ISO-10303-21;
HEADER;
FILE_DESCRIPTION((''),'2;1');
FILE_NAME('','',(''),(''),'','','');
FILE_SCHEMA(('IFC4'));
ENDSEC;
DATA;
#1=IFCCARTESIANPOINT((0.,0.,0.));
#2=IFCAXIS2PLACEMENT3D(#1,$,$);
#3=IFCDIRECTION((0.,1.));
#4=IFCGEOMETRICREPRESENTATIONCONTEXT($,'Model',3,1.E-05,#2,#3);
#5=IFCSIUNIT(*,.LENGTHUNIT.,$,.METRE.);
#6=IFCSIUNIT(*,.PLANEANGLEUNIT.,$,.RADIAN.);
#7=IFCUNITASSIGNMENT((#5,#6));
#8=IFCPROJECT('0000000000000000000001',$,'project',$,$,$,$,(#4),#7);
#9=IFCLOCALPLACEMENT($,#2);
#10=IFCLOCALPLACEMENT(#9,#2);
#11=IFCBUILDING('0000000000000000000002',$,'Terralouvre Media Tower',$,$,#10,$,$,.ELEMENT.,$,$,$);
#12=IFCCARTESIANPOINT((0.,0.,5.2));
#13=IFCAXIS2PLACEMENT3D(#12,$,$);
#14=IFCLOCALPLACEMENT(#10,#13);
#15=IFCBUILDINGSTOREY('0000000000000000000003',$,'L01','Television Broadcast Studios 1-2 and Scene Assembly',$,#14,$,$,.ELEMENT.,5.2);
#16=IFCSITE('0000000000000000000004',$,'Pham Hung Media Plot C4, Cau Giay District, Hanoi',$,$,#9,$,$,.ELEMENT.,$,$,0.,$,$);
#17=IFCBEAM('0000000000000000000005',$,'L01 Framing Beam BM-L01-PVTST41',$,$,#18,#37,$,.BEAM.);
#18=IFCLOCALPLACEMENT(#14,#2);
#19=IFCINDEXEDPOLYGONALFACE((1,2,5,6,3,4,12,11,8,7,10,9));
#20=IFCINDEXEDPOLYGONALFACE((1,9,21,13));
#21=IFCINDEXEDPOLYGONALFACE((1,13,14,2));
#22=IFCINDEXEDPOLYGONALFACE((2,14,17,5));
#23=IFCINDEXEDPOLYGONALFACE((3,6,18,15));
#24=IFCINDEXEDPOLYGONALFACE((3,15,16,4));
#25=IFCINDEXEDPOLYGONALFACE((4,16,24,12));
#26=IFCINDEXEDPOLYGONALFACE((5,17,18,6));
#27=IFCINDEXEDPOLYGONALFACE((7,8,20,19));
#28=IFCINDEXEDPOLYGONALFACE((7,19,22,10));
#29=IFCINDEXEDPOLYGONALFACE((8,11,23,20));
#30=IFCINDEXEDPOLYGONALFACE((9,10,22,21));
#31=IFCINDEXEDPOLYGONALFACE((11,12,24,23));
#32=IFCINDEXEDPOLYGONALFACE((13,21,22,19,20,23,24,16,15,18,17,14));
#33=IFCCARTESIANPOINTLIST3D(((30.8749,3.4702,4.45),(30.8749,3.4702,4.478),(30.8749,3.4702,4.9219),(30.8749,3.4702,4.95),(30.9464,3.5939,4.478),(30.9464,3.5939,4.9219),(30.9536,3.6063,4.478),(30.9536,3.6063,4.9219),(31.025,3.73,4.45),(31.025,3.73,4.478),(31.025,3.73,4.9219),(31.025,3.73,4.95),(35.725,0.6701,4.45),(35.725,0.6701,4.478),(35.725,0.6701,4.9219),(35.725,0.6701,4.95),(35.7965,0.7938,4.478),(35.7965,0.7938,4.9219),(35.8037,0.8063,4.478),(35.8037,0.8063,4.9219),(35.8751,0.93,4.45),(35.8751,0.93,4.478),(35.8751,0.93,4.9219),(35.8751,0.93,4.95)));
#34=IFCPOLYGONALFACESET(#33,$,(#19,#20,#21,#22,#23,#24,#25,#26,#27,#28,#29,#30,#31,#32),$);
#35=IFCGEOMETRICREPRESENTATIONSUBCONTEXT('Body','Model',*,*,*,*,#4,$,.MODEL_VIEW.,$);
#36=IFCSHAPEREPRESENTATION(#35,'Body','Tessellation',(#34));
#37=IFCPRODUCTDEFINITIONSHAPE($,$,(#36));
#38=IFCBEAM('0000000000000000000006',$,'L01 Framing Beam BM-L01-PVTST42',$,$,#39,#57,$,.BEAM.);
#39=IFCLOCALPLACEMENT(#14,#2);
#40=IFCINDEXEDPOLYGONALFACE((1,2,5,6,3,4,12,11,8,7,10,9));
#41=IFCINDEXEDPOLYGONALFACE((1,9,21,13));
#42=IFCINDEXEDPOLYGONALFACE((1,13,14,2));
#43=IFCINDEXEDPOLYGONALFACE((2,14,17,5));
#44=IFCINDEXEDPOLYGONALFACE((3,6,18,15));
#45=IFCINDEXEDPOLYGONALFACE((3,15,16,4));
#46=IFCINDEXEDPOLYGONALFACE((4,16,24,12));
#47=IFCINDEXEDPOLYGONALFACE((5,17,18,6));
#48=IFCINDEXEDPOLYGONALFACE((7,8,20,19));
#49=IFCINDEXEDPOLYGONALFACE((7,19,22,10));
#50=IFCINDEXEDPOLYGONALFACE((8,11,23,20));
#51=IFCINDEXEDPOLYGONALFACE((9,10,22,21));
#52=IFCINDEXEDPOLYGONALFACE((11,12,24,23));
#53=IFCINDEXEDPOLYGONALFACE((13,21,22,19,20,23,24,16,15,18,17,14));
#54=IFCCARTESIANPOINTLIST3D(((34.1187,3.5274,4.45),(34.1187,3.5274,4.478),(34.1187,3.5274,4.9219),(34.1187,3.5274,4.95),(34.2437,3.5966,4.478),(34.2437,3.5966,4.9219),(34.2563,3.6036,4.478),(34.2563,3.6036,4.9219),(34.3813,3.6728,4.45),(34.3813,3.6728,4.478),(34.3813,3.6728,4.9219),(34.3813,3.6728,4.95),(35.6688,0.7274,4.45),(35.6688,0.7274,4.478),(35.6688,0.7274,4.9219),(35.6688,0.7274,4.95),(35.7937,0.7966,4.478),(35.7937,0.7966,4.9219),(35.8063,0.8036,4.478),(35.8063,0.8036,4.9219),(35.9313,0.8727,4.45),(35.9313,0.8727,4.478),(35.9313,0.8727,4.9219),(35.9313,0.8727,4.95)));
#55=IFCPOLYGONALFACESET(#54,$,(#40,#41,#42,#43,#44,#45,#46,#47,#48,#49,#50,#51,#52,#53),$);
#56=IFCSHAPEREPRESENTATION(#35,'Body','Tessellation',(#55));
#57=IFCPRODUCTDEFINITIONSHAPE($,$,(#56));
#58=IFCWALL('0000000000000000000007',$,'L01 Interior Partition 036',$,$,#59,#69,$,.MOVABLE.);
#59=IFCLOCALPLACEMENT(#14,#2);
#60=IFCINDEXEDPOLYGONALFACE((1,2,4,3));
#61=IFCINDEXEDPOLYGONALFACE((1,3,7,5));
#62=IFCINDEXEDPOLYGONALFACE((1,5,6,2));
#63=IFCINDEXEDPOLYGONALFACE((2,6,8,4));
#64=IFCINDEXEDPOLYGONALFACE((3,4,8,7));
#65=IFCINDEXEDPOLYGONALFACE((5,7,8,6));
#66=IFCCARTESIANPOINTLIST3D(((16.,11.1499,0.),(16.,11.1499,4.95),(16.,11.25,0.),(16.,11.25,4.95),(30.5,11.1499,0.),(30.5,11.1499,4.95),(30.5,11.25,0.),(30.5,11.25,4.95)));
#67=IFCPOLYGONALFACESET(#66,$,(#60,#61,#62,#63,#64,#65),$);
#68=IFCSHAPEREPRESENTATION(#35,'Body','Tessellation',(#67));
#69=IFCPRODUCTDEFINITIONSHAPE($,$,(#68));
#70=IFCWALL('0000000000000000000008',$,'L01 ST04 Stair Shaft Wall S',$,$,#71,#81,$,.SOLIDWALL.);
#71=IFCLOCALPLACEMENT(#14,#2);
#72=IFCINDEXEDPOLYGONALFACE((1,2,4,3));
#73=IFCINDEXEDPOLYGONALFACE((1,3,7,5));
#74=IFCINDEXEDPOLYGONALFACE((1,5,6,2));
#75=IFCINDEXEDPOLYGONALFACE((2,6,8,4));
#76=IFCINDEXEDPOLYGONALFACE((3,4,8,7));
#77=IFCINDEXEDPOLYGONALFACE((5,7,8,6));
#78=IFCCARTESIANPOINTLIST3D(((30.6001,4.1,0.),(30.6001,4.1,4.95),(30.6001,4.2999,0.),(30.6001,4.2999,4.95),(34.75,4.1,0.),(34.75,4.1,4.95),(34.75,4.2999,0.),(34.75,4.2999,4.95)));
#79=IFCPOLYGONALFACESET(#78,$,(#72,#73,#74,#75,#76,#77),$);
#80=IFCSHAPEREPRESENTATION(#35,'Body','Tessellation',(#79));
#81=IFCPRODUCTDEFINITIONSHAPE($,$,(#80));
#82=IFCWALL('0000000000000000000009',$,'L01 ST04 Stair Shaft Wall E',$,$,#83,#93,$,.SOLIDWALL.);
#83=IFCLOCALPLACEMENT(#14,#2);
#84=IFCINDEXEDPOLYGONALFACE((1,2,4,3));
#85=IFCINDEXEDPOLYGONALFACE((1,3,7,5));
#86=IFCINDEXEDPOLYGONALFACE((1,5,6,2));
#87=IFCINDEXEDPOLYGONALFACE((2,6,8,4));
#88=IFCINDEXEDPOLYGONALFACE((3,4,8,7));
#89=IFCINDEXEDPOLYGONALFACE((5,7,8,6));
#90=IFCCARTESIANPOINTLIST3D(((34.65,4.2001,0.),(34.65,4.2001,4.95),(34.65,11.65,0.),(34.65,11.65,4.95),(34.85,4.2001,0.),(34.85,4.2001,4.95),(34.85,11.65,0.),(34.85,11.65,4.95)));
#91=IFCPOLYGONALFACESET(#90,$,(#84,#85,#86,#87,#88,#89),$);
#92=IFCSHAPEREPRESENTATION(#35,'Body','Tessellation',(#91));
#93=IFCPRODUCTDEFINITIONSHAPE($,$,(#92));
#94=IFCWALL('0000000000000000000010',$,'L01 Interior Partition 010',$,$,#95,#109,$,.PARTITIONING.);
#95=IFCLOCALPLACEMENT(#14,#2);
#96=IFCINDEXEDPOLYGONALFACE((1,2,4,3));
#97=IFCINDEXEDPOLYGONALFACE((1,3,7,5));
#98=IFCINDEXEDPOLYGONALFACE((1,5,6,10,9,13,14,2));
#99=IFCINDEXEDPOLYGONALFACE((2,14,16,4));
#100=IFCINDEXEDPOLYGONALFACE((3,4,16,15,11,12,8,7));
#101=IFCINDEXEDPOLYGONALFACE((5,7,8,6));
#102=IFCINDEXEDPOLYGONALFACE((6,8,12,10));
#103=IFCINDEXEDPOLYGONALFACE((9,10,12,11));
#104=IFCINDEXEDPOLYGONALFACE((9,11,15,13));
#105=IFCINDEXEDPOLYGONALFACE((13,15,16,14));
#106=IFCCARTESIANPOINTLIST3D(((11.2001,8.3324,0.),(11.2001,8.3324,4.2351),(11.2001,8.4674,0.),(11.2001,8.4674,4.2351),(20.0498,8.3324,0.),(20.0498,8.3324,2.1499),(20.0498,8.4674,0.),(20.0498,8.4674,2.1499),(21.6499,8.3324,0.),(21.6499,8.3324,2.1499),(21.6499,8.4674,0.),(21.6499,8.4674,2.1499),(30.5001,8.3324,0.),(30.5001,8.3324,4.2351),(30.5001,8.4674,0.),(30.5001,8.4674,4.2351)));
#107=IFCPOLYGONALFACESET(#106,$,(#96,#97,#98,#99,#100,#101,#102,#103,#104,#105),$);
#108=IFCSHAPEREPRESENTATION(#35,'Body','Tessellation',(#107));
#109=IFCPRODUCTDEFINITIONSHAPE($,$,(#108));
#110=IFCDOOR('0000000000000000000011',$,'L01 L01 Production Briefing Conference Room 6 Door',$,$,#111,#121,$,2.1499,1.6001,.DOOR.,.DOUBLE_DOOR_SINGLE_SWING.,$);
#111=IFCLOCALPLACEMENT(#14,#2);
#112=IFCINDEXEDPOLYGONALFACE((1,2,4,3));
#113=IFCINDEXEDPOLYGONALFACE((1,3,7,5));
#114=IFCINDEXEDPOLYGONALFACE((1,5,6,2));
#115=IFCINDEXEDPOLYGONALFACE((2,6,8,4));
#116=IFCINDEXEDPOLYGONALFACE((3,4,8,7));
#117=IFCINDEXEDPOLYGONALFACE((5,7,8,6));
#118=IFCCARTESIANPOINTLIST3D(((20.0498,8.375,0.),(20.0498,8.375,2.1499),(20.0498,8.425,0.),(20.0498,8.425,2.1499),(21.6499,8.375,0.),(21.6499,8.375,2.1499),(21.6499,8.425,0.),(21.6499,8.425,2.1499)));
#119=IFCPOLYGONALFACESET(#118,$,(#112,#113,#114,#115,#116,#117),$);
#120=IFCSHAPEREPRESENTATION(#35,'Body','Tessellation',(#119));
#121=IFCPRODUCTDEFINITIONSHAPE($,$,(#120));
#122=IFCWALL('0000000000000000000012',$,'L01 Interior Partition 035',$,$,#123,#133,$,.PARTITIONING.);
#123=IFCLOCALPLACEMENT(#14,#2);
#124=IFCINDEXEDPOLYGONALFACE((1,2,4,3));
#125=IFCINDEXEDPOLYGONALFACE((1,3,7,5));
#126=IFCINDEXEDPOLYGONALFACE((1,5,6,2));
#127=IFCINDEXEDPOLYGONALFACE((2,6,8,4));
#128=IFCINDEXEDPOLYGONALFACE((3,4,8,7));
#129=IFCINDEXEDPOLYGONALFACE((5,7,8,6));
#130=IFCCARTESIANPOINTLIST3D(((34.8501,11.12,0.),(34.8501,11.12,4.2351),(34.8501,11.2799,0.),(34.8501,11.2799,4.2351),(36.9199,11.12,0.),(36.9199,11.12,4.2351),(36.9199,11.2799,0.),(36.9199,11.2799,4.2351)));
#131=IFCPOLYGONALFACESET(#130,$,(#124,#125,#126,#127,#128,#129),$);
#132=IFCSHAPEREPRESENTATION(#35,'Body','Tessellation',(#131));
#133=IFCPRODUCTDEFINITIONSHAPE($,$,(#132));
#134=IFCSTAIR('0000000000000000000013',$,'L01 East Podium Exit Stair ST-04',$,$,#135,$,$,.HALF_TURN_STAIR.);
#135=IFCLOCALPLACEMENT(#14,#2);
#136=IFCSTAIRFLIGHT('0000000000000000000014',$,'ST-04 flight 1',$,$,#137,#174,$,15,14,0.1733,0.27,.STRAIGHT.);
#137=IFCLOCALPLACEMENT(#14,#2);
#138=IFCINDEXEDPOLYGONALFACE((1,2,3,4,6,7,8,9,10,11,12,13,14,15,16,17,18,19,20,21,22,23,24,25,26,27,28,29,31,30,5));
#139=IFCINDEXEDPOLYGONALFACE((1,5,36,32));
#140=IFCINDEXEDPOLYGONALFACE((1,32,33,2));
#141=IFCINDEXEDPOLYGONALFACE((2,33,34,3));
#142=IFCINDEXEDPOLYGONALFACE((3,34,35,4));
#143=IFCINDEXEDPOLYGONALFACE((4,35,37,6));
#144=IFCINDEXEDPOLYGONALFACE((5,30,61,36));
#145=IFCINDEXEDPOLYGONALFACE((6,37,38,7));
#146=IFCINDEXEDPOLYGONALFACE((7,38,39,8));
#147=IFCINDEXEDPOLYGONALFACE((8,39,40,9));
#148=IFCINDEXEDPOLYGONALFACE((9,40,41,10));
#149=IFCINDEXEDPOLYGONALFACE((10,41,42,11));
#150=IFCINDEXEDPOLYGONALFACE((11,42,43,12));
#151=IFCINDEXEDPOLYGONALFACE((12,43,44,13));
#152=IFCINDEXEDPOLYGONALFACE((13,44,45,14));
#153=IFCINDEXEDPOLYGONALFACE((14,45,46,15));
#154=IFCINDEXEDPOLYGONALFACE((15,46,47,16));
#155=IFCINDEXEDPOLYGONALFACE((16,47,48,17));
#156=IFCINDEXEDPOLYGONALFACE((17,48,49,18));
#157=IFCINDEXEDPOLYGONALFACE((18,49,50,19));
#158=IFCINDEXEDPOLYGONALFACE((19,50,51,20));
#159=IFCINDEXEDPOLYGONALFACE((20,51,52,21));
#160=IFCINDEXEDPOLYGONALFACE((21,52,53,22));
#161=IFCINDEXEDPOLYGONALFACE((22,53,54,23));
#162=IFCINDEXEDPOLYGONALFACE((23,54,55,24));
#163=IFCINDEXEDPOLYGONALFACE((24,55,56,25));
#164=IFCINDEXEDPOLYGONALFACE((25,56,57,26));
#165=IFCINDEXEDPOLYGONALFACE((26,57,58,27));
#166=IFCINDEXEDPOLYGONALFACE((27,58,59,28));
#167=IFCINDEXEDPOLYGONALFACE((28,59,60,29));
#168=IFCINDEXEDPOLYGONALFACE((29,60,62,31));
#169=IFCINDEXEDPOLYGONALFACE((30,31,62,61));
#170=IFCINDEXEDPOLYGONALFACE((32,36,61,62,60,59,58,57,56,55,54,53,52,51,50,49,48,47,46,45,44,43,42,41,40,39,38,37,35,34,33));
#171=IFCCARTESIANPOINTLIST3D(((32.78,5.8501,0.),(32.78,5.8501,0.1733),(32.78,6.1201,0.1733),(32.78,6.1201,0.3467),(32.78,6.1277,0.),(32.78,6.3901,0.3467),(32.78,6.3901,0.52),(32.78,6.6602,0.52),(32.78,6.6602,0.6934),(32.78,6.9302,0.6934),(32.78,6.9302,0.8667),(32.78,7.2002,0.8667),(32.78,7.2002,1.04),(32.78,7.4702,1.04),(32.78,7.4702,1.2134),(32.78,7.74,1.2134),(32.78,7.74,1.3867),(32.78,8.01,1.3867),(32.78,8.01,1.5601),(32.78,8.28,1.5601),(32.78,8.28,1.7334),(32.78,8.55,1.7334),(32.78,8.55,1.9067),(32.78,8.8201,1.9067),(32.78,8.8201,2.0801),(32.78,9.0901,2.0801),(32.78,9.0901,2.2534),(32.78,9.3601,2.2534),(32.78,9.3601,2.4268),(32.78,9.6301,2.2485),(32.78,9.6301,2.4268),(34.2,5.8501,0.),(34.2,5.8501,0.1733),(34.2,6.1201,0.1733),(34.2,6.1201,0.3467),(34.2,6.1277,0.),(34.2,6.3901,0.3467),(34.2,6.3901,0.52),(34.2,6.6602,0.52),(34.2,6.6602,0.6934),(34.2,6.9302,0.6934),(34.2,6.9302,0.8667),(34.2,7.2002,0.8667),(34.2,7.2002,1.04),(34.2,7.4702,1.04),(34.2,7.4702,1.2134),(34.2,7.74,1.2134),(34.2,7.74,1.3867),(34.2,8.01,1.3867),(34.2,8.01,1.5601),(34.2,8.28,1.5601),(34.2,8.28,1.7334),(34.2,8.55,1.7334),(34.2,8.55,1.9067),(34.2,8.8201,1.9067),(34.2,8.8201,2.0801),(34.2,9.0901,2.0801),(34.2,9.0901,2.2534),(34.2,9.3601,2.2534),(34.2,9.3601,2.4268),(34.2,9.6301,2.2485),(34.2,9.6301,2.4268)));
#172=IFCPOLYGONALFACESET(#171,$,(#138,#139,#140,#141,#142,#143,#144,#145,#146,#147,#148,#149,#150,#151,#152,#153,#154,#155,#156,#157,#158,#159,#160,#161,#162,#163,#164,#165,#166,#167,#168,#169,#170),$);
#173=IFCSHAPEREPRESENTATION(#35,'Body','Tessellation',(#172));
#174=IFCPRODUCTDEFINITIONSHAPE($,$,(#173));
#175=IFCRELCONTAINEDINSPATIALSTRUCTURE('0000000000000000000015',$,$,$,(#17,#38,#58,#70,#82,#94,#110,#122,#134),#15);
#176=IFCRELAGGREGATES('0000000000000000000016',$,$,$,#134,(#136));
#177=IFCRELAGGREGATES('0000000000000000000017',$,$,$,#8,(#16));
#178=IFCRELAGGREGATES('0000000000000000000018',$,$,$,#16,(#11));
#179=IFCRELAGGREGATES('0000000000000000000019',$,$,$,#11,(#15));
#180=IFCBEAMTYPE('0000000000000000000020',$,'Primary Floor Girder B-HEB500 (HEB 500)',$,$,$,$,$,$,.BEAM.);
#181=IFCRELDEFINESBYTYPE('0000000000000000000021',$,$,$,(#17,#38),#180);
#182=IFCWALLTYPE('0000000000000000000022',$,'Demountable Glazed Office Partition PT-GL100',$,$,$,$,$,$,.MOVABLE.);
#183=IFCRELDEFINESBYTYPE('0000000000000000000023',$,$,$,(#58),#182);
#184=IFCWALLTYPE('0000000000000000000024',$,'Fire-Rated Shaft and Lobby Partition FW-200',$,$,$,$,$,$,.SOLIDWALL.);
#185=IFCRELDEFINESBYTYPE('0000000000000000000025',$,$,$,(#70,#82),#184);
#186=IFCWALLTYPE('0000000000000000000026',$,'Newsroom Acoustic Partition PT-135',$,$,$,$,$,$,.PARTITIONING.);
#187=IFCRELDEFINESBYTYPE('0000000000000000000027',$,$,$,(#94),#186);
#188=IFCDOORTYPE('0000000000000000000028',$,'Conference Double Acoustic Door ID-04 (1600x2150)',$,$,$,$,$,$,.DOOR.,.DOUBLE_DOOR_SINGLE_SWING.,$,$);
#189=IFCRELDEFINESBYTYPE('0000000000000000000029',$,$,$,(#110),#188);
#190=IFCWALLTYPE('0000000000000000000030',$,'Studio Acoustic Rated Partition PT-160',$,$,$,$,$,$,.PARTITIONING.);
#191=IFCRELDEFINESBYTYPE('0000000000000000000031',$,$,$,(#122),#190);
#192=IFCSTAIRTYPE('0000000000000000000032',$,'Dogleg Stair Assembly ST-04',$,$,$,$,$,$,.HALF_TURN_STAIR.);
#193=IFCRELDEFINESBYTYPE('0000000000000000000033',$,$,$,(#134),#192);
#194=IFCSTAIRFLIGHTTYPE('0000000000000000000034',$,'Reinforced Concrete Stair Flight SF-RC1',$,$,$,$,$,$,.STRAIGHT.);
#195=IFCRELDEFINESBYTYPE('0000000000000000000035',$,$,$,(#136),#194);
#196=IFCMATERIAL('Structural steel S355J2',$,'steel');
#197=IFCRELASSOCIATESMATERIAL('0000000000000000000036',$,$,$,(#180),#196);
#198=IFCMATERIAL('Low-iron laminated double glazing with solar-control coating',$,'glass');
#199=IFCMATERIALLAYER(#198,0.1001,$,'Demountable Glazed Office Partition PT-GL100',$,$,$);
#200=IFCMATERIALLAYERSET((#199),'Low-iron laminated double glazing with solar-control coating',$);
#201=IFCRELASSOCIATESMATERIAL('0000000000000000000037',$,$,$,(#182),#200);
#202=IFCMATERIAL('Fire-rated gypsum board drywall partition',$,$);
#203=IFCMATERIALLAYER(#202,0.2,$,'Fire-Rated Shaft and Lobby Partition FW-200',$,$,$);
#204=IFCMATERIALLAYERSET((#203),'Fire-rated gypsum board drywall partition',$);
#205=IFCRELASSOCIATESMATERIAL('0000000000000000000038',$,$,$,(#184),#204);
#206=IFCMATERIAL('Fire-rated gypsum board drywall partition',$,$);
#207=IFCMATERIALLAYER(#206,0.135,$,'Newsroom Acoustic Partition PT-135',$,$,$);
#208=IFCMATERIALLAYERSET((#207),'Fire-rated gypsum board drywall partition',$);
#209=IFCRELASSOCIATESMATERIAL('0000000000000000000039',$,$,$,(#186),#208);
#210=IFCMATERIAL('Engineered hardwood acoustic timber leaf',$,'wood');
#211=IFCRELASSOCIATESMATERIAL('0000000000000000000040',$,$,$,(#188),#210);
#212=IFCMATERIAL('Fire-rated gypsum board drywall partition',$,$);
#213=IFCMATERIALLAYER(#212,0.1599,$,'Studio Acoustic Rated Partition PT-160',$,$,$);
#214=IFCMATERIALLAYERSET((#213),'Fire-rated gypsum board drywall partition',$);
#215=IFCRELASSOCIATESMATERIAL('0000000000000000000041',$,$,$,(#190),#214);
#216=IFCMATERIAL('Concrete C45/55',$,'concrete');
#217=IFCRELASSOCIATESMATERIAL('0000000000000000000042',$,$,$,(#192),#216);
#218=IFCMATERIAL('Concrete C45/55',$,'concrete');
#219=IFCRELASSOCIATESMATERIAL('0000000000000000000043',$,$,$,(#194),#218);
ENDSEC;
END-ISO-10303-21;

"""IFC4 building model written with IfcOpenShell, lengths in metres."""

from ifc_helpers import new_model, si_unit, direction, frame, frame_2d, origin, origin_2d, place, context, subcontext, project, spatial, polyline, rectangle, i_section, outline, extrude, material, layer, layer_set, material_profile, profile_set, type_object, element, fill, aggregate, save


model = new_model("IFC4")

# Units and contexts
model_context = context("Model", 3, precision=1e-05, world=origin(), true_north=direction((0.0, 1.0)))
body_context = subcontext(model_context, "Body", "Model", "MODEL_VIEW")
ifc_project = project(units=[si_unit("LENGTHUNIT", "METRE"), si_unit("PLANEANGLEUNIT", "RADIAN")], contexts=[model_context])

# Site, building, storey
site_placement = place(None, origin())
site = spatial("IfcSite", under=ifc_project, at=site_placement, Name="Pham Hung Media Plot C4, Cau Giay District, Hanoi", CompositionType="ELEMENT", RefElevation=0.0)
building_placement = place(site_placement, origin())
building = spatial("IfcBuilding", under=site, at=building_placement, Name="Terralouvre Media Tower", CompositionType="ELEMENT")
storey_placement = place(building_placement, frame((0.0, 0.0, 5.2)))
storey = spatial("IfcBuildingStorey", under=building, at=storey_placement, Name="L01", Description="Television Broadcast Studios 1-2 and Scene Assembly", CompositionType="ELEMENT", Elevation=5.2)

# Beams
ifc_material_1 = material(Name="Structural steel S355J2", Category="steel")
ifc_material_profile_1 = material_profile(ifc_material_1, i_section(OverallWidth=0.3, OverallDepth=0.5, WebThickness=0.0144, FlangeThickness=0.0281, at=origin_2d()), Name="HEB 500")
ifc_profile_set_1 = profile_set([ifc_material_profile_1], Name="Structural steel S355J2")
beam_type_1 = type_object("IfcBeamType", Name="Primary Floor Girder B-HEB500 (HEB 500)", PredefinedType="BEAM", material=ifc_profile_set_1)
beam_1_placement = place(storey_placement, frame((30.95, 3.6001, 4.7), z_axis=(0.866037, -0.499979, 0.0), x_axis=(0.499979, 0.866037, 0.0)))
element("IfcBeam", 1, at=beam_1_placement, inside=storey, type_object=beam_type_1, Name="L01 Framing Beam BM-L01-PVTST41", PredefinedType="BEAM", context=body_context, shape_type="SweptSolid", body=[
    extrude(i_section(OverallWidth=0.3, OverallDepth=0.5, WebThickness=0.0144, FlangeThickness=0.0281, at=origin_2d()), origin(), (0.0, 0.0, 1.0), 5.6003),
])
beam_2_placement = place(storey_placement, frame((34.25, 3.6001, 4.7), z_axis=(0.484321, -0.87489, 0.0), x_axis=(0.87489, 0.484321, 0.0)))
element("IfcBeam", 2, at=beam_2_placement, inside=storey, type_object=beam_type_1, Name="L01 Framing Beam BM-L01-PVTST42", PredefinedType="BEAM", context=body_context, shape_type="SweptSolid", body=[
    extrude(i_section(OverallWidth=0.3, OverallDepth=0.5, WebThickness=0.0144, FlangeThickness=0.0281, at=origin_2d()), origin(), (0.0, 0.0, 1.0), 3.2004),
])

# Walls
ifc_material_2 = material(Name="Low-iron laminated double glazing with solar-control coating", Category="glass")
ifc_layer_1 = layer(ifc_material_2, 0.1001, Name="Demountable Glazed Office Partition PT-GL100")
ifc_layer_set_1 = layer_set([ifc_layer_1], Name="Low-iron laminated double glazing with solar-control coating")
wall_type_1 = type_object("IfcWallType", Name="Demountable Glazed Office Partition PT-GL100", PredefinedType="MOVABLE", material=ifc_layer_set_1)
wall_1_placement = place(storey_placement, frame((30.5, 11.2, 0.0), z_axis=(0.0, 0.0, 1.0), x_axis=(-1.0, 0.0, 0.0)))
element("IfcWall", 3, at=wall_1_placement, inside=storey, type_object=wall_type_1, Name="L01 Interior Partition 036", PredefinedType="MOVABLE", context=body_context, shape_type="SweptSolid", body=[
    extrude(rectangle(XDim=14.5, YDim=0.1001, at=frame_2d((7.25, 0.0))), origin(), (0.0, 0.0, 1.0), 4.95),
])
ifc_material_3 = material(Name="Fire-rated gypsum board drywall partition")
ifc_layer_2 = layer(ifc_material_3, 0.2, Name="Fire-Rated Shaft and Lobby Partition FW-200")
ifc_layer_set_2 = layer_set([ifc_layer_2], Name="Fire-rated gypsum board drywall partition")
wall_type_2 = type_object("IfcWallType", Name="Fire-Rated Shaft and Lobby Partition FW-200", PredefinedType="SOLIDWALL", material=ifc_layer_set_2)
wall_2_placement = place(storey_placement, frame((30.6001, 4.2, 0.0), z_axis=(0.0, 0.0, 1.0), x_axis=(1.0, 0.0, 0.0)))
element("IfcWall", 4, at=wall_2_placement, inside=storey, type_object=wall_type_2, Name="L01 ST04 Stair Shaft Wall S", PredefinedType="SOLIDWALL", context=body_context, shape_type="SweptSolid", body=[
    extrude(rectangle(XDim=4.1499, YDim=0.2, at=frame_2d((2.075, 0.0))), origin(), (0.0, 0.0, 1.0), 4.95),
])
wall_3_placement = place(storey_placement, frame((34.75, 4.2, 0.0), z_axis=(0.0, 0.0, 1.0), x_axis=(0.0, 1.0, 0.0)))
element("IfcWall", 5, at=wall_3_placement, inside=storey, type_object=wall_type_2, Name="L01 ST04 Stair Shaft Wall E", PredefinedType="SOLIDWALL", context=body_context, shape_type="SweptSolid", body=[
    extrude(rectangle(XDim=7.45, YDim=0.2, at=frame_2d((3.7251, 0.0))), origin(), (0.0, 0.0, 1.0), 4.95),
])

# Wall, opening, door
ifc_material_4 = material(Name="Fire-rated gypsum board drywall partition")
ifc_layer_3 = layer(ifc_material_4, 0.135, Name="Newsroom Acoustic Partition PT-135")
ifc_layer_set_3 = layer_set([ifc_layer_3], Name="Fire-rated gypsum board drywall partition")
wall_type_3 = type_object("IfcWallType", Name="Newsroom Acoustic Partition PT-135", PredefinedType="PARTITIONING", material=ifc_layer_set_3)
wall_4_placement = place(storey_placement, frame((30.5, 8.3999, 0.0), z_axis=(0.0, 0.0, 1.0), x_axis=(-1.0, 0.0, 0.0)))
wall_4 = element("IfcWall", 6, at=wall_4_placement, inside=storey, type_object=wall_type_3, Name="L01 Interior Partition 010", PredefinedType="PARTITIONING", context=body_context, shape_type="SweptSolid", body=[
    extrude(rectangle(XDim=19.3, YDim=0.135, at=frame_2d((9.6499, 0.0))), origin(), (0.0, 0.0, 1.0), 4.2351),
])
opening_placement = place(wall_4_placement, frame((8.8501, 0.0, 0.0)))
opening = element("IfcOpeningElement", 7, at=opening_placement, cuts=wall_4, PredefinedType="OPENING", context=body_context, shape_type="SweptSolid", body=[
    extrude(rectangle(XDim=1.6001, YDim=2.1499, at=frame_2d((0.8, 1.075))), frame((0.0, 0.0774, 0.0), z_axis=(0.0, -1.0, 0.0), x_axis=(1.0, 0.0, 0.0)), (0.0, 0.0, 1.0), 0.155),
])
ifc_material_5 = material(Name="Engineered hardwood acoustic timber leaf", Category="wood")
door_type = type_object("IfcDoorType", Name="Conference Double Acoustic Door ID-04 (1600x2150)", OperationType="DOUBLE_DOOR_SINGLE_SWING", PredefinedType="DOOR", material=ifc_material_5)
door_placement = place(opening_placement, origin())
door = element("IfcDoor", 8, at=door_placement, inside=storey, type_object=door_type, Name="L01 L01 Production Briefing Conference Room 6 Door", OperationType="DOUBLE_DOOR_SINGLE_SWING", OverallHeight=2.1499, OverallWidth=1.6001, PredefinedType="DOOR", context=body_context, shape_type="SweptSolid", body=[
    extrude(rectangle(XDim=1.6001, YDim=2.1499, at=frame_2d((0.8, 1.075))), frame((0.0, 0.0249, 0.0), z_axis=(0.0, -1.0, 0.0), x_axis=(1.0, 0.0, 0.0)), (0.0, 0.0, 1.0), 0.05),
])
fill(opening, door)

# Wall
ifc_material_6 = material(Name="Fire-rated gypsum board drywall partition")
ifc_layer_4 = layer(ifc_material_6, 0.1599, Name="Studio Acoustic Rated Partition PT-160")
ifc_layer_set_4 = layer_set([ifc_layer_4], Name="Fire-rated gypsum board drywall partition")
wall_type_4 = type_object("IfcWallType", Name="Studio Acoustic Rated Partition PT-160", PredefinedType="PARTITIONING", material=ifc_layer_set_4)
wall_5_placement = place(storey_placement, frame((36.9199, 11.2, 0.0), z_axis=(0.0, 0.0, 1.0), x_axis=(-1.0, 0.0, 0.0)))
element("IfcWall", 9, at=wall_5_placement, inside=storey, type_object=wall_type_4, Name="L01 Interior Partition 035", PredefinedType="PARTITIONING", context=body_context, shape_type="SweptSolid", body=[
    extrude(rectangle(XDim=2.0698, YDim=0.1599, at=frame_2d((1.0349, 0.0))), origin(), (0.0, 0.0, 1.0), 4.2351),
])

# Stair, stair flight
ifc_material_7 = material(Name="Concrete C45/55", Category="concrete")
stair_type = type_object("IfcStairType", Name="Dogleg Stair Assembly ST-04", PredefinedType="HALF_TURN_STAIR", material=ifc_material_7)
stair_placement = place(storey_placement, origin())
stair = element("IfcStair", 10, at=stair_placement, inside=storey, type_object=stair_type, Name="L01 East Podium Exit Stair ST-04", PredefinedType="HALF_TURN_STAIR")
ifc_material_8 = material(Name="Concrete C45/55", Category="concrete")
stair_flight_type = type_object("IfcStairFlightType", Name="Reinforced Concrete Stair Flight SF-RC1", PredefinedType="STRAIGHT", material=ifc_material_8)
stair_flight_1_placement = place(storey_placement, frame((33.49, 5.8501, 0.0), z_axis=(0.0, 0.0, 1.0), x_axis=(0.0, 1.0, 0.0)))
stair_flight_1 = element("IfcStairFlight", 11, at=stair_flight_1_placement, type_object=stair_flight_type, Name="ST-04 flight 1", NumberOfRisers=15, NumberOfTreads=14, PredefinedType="STRAIGHT", RiserHeight=0.1733, TreadLength=0.27, context=body_context, shape_type="SweptSolid", body=[
    extrude(outline(polyline([(0.0, 0.0), (0.0, 0.1733), (0.27, 0.1733), (0.27, 0.3467), (0.54, 0.3467), (0.54, 0.52), (0.8101, 0.52), (0.8101, 0.6934), (1.0801, 0.6934), (1.0801, 0.8667), (1.3501, 0.8667), (1.3501, 1.04), (1.6201, 1.04), (1.6201, 1.2134), (1.8899, 1.2134), (1.8899, 1.3867), (2.1599, 1.3867), (2.1599, 1.5601), (2.4299, 1.5601), (2.4299, 1.7334), (2.7, 1.7334), (2.7, 1.9067), (2.97, 1.9067), (2.97, 2.0801), (3.24, 2.0801), (3.24, 2.2534), (3.51, 2.2534), (3.51, 2.4268), (3.78, 2.4268), (3.78, 2.6001), (3.78, 2.2485), (0.2776, 0.0), (0.0, 0.0)])), frame((0.0, 0.71, 0.0), z_axis=(0.0, -1.0, 0.0), x_axis=(1.0, 0.0, 0.0)), (0.0, 0.0, 1.0), 1.4199),
])
aggregate(stair, [stair_flight_1])

save(model, "model.ifc")
